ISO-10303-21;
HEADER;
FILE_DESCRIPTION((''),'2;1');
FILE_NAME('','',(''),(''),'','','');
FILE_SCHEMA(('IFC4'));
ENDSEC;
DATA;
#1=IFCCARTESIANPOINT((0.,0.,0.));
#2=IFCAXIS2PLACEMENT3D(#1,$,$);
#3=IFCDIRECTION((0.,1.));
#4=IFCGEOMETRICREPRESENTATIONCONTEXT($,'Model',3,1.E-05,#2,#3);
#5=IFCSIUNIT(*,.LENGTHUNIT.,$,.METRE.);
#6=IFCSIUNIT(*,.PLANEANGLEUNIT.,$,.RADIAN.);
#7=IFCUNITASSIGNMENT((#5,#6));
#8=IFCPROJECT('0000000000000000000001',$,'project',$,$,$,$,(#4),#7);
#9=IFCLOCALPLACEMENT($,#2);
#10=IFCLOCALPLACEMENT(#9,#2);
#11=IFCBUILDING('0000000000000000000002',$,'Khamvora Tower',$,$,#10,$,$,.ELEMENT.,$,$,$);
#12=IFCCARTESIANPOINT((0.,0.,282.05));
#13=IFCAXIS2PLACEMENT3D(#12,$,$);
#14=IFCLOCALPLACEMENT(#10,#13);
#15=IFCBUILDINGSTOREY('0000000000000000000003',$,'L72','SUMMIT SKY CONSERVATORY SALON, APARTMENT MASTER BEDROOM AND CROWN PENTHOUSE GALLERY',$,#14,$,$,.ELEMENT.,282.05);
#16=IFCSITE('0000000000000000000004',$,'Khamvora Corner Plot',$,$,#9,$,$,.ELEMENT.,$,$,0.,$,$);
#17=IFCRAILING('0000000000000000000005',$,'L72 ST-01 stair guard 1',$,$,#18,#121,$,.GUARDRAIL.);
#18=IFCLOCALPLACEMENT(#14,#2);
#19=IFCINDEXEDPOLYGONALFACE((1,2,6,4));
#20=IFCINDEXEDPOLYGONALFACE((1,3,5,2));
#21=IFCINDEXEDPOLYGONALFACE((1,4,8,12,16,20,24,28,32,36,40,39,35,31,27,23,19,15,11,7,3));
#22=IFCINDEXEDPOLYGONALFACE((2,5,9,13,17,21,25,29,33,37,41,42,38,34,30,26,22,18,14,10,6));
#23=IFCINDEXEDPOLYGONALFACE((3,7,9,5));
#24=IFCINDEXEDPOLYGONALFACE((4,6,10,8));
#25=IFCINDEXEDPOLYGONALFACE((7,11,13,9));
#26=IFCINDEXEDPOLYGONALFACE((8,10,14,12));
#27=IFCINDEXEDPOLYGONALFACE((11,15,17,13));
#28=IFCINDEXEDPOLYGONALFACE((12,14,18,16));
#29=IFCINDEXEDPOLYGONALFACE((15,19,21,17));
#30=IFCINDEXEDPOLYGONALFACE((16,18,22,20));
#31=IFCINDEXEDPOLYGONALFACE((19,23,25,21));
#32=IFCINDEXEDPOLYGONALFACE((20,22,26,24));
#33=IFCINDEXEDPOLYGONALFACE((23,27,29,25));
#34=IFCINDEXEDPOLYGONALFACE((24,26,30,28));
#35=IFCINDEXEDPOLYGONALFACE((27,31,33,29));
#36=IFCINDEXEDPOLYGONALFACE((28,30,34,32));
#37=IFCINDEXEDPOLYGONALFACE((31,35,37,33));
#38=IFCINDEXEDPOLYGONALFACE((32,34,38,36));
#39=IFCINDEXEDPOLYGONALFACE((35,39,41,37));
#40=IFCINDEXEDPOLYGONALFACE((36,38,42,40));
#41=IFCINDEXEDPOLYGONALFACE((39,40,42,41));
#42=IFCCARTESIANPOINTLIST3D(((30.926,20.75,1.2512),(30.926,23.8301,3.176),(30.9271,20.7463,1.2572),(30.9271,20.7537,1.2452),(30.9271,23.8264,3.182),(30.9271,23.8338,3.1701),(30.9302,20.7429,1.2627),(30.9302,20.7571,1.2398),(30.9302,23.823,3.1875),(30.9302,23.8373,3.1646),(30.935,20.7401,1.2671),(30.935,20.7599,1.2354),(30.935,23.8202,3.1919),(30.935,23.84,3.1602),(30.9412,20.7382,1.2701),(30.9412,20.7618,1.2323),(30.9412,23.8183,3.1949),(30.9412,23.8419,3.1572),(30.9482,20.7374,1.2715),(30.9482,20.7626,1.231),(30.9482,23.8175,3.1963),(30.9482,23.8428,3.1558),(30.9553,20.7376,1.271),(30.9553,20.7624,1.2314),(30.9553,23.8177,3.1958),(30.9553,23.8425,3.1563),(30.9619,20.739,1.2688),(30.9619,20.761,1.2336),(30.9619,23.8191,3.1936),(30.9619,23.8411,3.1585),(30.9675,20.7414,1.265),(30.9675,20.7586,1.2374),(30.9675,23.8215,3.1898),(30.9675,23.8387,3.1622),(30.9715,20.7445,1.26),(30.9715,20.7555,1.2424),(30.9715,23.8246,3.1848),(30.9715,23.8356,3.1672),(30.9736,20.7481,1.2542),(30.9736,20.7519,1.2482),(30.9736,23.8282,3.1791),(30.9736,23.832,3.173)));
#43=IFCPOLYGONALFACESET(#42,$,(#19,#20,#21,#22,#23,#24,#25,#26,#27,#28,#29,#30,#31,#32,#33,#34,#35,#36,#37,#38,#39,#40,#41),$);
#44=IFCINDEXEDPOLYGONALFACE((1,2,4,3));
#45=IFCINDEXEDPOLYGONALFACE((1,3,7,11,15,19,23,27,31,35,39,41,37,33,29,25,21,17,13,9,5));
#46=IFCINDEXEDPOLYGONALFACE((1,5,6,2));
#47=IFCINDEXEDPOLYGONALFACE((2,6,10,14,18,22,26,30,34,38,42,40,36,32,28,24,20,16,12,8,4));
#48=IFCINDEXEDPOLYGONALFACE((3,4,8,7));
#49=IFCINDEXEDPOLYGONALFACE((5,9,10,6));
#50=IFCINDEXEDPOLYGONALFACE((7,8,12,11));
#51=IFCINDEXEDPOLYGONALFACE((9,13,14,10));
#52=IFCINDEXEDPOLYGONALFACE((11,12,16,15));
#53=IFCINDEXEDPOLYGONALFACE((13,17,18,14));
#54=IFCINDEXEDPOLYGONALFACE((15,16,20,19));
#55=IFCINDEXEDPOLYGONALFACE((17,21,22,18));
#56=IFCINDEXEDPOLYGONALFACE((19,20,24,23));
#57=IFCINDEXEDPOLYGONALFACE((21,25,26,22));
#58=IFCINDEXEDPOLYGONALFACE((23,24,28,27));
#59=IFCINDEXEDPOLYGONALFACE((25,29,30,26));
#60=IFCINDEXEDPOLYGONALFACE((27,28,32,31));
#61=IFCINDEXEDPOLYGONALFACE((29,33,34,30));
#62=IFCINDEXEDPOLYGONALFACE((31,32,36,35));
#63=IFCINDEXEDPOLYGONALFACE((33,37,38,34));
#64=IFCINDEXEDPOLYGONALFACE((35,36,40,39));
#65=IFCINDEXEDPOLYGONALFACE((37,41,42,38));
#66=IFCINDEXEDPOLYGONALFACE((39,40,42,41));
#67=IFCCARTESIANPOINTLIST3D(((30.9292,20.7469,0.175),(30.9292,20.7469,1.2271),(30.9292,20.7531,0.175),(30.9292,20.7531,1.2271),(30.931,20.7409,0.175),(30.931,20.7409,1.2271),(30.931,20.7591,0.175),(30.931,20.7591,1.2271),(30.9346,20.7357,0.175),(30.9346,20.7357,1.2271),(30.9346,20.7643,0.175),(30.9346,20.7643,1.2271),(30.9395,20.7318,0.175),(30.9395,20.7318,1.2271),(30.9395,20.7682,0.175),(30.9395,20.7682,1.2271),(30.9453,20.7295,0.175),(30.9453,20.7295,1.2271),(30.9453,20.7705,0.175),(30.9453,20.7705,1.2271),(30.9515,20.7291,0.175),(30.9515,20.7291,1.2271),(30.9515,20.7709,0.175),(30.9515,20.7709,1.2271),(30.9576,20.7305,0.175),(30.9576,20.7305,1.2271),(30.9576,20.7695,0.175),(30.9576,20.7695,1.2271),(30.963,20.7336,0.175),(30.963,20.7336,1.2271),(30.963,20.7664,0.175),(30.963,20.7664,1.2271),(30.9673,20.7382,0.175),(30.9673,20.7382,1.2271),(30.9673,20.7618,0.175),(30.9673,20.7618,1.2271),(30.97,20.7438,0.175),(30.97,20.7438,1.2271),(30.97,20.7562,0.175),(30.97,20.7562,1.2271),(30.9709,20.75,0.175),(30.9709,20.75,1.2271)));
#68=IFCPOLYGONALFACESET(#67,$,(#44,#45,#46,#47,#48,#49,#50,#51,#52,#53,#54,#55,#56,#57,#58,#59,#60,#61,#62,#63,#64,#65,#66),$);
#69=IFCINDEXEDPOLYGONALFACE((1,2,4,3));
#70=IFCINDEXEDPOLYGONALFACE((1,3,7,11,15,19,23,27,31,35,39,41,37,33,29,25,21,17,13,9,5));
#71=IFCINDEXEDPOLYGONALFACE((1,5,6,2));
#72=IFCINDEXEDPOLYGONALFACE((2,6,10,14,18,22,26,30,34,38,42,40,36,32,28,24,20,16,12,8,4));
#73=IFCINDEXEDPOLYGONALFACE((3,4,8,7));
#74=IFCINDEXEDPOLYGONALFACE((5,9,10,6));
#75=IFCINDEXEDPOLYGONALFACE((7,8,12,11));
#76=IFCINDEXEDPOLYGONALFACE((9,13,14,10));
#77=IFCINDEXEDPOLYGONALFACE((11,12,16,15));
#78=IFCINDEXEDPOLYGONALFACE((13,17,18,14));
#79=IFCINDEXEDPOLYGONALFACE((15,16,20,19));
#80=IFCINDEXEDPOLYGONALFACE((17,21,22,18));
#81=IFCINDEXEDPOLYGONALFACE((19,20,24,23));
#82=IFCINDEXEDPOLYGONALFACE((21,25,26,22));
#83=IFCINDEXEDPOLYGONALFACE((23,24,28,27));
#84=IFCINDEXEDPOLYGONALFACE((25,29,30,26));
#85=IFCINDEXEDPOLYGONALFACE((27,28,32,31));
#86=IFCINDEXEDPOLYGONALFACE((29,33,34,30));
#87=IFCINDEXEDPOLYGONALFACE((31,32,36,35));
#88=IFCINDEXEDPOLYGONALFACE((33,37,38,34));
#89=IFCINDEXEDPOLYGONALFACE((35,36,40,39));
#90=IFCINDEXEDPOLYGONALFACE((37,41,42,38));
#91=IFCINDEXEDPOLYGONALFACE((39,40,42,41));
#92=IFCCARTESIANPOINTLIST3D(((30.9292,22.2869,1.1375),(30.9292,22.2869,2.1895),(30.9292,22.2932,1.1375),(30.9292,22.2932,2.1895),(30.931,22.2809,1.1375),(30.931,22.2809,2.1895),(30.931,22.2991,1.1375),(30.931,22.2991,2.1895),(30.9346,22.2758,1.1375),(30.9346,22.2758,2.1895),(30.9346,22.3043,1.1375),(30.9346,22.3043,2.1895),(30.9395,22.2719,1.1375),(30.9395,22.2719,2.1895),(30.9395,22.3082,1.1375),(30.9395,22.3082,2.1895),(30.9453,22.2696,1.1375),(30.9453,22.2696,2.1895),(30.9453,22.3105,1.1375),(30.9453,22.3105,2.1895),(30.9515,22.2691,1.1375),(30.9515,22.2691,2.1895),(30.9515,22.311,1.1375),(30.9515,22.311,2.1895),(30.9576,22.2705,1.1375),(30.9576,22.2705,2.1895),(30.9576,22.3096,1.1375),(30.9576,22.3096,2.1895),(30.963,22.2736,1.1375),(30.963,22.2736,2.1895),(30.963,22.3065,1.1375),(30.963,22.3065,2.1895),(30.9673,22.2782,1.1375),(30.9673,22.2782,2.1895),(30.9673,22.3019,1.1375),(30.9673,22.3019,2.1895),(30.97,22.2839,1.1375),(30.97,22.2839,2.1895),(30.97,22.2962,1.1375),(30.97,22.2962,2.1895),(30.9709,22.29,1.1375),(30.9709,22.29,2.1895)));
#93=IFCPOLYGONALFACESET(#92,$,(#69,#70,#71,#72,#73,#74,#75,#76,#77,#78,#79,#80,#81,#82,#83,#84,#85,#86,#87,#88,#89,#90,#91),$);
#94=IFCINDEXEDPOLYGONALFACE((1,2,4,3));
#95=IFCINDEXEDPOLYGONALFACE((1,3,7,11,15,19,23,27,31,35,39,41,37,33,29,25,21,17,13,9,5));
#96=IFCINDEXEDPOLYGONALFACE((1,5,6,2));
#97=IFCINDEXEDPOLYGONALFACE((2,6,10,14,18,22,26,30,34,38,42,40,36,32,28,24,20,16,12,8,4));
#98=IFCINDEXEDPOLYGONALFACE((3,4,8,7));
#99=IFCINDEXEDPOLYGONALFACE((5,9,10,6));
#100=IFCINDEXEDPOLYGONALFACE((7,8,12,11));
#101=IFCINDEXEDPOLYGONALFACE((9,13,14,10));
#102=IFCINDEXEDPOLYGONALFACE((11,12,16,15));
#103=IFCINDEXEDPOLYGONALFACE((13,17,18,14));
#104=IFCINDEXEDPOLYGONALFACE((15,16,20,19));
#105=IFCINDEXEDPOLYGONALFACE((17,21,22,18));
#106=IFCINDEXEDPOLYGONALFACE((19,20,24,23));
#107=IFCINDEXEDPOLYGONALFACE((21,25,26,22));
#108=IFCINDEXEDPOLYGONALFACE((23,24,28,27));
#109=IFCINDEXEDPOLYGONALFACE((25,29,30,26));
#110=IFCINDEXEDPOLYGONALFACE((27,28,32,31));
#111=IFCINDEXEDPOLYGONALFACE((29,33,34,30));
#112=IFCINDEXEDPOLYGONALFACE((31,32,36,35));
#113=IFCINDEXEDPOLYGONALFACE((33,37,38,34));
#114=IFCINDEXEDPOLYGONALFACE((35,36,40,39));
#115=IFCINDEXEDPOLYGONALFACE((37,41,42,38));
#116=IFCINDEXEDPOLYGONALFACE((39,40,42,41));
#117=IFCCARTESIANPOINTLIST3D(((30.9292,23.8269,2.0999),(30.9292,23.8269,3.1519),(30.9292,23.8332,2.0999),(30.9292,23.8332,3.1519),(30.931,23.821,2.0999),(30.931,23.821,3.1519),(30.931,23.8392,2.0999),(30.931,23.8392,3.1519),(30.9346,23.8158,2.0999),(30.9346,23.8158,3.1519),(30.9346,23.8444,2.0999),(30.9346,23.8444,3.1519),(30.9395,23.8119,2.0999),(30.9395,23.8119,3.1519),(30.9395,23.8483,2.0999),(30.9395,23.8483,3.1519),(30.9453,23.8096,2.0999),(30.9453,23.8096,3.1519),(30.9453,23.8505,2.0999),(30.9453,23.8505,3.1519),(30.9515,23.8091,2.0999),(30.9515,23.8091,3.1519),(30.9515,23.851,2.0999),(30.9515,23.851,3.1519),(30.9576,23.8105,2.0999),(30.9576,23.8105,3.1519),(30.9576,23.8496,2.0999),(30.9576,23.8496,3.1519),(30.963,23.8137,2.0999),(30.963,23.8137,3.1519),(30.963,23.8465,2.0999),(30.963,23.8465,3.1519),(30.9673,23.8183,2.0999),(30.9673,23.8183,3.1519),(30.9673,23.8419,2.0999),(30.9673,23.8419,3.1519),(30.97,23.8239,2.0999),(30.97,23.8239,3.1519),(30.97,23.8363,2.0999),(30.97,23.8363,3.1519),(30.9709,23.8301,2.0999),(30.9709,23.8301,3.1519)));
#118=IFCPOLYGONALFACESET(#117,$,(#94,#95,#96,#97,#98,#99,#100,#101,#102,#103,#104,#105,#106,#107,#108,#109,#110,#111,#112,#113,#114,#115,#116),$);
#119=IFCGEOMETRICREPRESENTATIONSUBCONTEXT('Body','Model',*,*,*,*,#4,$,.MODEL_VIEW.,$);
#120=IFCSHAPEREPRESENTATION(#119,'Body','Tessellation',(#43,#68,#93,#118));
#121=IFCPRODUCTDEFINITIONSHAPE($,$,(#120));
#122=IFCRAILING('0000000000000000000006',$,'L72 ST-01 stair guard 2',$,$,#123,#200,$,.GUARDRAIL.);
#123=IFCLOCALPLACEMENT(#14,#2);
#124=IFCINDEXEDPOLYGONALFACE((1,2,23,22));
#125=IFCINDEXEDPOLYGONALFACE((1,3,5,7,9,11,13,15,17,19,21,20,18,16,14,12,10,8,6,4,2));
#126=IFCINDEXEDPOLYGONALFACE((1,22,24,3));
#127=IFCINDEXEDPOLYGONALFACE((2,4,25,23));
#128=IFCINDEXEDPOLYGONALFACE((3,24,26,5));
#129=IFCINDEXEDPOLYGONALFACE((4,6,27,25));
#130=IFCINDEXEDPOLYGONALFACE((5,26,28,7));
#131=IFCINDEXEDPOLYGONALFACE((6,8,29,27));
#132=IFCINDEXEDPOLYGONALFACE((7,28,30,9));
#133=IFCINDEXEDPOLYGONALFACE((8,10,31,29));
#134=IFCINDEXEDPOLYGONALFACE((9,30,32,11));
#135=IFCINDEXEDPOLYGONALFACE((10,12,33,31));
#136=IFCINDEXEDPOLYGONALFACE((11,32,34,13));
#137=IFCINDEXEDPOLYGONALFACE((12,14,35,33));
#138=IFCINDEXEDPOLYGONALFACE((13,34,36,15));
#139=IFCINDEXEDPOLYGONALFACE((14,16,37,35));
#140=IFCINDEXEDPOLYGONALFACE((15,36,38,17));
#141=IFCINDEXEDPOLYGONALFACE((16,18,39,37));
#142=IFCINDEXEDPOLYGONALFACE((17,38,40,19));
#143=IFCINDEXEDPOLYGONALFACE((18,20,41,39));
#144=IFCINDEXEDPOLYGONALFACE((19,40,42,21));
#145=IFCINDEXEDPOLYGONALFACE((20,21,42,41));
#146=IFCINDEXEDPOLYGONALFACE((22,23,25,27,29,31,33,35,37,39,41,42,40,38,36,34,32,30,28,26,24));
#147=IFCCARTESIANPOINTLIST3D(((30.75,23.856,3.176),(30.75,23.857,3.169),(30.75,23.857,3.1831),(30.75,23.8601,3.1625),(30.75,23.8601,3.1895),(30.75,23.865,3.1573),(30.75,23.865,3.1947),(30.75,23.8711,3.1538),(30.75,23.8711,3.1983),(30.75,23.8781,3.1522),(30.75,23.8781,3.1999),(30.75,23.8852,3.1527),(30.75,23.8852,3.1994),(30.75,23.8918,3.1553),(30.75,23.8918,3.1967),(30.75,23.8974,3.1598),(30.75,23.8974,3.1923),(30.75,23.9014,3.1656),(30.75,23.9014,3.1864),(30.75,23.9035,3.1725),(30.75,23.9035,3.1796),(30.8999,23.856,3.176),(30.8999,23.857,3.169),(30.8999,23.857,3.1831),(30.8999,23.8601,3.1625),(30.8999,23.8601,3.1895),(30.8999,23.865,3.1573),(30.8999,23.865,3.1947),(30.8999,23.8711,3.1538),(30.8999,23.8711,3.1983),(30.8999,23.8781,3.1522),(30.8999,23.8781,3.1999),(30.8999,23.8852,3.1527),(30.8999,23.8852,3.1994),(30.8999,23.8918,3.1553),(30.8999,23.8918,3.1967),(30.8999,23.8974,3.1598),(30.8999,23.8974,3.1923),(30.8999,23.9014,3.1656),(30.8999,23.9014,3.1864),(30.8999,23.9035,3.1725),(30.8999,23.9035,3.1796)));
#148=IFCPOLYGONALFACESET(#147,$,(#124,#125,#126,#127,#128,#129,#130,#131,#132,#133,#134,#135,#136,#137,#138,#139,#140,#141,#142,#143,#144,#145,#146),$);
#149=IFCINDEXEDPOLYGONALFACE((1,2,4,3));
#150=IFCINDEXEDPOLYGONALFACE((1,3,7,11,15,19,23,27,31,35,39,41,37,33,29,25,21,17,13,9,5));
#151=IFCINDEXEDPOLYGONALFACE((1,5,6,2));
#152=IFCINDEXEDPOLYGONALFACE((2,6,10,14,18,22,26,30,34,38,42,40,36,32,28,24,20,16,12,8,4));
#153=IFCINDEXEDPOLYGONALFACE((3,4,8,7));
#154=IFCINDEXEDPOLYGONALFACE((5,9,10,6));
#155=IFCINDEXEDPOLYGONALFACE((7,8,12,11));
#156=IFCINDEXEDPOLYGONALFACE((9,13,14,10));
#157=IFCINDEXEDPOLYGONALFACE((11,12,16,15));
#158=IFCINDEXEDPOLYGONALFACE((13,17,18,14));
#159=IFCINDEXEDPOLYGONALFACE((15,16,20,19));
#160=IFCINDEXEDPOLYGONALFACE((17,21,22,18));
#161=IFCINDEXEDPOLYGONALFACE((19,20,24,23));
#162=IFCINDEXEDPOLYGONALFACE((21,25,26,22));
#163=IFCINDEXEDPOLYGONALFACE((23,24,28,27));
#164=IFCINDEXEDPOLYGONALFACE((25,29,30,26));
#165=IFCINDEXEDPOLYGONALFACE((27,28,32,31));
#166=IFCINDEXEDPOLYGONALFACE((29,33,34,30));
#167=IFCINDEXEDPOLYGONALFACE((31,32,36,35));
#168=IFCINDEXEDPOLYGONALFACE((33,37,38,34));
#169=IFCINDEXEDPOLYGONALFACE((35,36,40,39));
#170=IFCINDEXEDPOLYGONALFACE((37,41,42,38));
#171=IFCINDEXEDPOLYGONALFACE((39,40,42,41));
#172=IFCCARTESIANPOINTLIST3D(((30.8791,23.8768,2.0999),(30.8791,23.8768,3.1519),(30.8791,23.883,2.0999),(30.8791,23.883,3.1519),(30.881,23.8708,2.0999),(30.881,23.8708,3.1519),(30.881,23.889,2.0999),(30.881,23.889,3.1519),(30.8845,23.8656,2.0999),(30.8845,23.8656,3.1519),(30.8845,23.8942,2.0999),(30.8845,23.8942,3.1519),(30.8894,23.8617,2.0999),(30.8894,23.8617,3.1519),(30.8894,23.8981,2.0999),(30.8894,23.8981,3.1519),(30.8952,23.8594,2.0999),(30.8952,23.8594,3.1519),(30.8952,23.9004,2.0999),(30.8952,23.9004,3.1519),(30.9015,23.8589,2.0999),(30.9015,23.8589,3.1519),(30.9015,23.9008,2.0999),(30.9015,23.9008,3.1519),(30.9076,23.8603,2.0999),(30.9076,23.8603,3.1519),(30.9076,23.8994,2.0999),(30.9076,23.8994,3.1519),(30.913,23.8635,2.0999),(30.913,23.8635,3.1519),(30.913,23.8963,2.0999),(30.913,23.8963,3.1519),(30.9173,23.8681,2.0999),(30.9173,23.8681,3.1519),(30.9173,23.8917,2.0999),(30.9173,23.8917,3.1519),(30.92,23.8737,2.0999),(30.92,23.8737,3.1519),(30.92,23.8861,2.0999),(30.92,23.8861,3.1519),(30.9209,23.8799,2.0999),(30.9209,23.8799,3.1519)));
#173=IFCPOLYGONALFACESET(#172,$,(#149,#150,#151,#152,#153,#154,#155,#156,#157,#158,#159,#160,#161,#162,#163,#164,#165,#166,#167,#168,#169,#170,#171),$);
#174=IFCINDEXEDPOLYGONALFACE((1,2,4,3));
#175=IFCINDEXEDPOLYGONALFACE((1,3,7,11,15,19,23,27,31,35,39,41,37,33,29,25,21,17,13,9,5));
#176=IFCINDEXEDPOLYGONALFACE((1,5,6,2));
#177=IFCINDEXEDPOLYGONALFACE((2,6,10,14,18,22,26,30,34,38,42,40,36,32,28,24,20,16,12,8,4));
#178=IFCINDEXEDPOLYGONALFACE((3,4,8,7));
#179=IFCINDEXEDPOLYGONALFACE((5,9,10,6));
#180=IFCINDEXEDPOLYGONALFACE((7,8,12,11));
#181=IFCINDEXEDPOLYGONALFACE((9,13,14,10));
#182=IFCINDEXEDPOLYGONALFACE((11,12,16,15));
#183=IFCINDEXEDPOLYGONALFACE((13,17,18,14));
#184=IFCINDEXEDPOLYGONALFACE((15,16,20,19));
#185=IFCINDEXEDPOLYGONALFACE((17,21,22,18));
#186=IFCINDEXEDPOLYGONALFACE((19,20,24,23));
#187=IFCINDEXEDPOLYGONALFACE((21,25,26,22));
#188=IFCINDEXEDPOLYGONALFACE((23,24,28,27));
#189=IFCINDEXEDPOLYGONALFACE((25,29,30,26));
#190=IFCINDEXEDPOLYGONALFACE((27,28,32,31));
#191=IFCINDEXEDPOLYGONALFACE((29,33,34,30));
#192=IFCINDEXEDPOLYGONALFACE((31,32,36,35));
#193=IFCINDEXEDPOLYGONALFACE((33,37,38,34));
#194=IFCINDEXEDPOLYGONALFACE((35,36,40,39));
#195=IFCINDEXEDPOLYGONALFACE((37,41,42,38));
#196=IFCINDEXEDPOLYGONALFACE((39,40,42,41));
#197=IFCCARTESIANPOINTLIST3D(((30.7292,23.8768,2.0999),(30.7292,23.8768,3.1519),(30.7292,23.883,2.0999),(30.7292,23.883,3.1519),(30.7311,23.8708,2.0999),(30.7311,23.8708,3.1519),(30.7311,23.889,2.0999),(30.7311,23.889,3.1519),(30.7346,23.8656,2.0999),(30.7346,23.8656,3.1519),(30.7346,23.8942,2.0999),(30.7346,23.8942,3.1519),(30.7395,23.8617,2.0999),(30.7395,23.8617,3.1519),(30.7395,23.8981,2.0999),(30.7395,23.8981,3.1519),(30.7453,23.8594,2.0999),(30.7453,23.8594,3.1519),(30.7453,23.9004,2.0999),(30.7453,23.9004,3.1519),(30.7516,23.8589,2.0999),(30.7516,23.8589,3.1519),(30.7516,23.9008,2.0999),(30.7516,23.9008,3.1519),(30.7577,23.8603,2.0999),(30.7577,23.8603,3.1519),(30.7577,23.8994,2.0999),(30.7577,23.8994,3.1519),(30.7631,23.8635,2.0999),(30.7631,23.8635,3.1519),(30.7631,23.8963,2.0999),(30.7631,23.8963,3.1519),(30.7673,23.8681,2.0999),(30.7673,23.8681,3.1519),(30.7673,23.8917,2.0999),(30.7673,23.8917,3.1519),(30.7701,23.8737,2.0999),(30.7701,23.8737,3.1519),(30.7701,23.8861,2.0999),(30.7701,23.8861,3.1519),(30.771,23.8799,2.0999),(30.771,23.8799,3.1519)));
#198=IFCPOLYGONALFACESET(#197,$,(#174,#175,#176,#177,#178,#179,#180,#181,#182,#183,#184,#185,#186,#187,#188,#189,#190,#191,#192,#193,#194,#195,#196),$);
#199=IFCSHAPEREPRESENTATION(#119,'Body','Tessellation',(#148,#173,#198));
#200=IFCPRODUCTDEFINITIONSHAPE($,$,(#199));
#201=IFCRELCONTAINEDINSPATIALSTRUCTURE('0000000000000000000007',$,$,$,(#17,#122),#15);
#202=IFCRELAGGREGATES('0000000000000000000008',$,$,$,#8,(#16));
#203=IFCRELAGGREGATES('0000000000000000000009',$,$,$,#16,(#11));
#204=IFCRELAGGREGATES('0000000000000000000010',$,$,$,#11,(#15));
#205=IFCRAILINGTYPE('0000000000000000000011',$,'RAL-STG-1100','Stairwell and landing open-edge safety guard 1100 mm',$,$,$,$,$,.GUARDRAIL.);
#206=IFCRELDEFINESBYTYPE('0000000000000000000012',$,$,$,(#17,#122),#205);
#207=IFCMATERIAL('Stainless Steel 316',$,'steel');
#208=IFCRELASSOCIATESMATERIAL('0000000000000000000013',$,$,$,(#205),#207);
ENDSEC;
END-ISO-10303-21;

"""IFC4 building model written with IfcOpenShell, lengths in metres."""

from ifc_helpers import new_model, si_unit, direction, frame, origin, origin_2d, place, context, subcontext, project, spatial, circle, extrude, material, type_object, element, save


model = new_model("IFC4")

# Units and contexts
model_context = context("Model", 3, precision=1e-05, world=origin(), true_north=direction((0.0, 1.0)))
body_context = subcontext(model_context, "Body", "Model", "MODEL_VIEW")
ifc_project = project(units=[si_unit("LENGTHUNIT", "METRE"), si_unit("PLANEANGLEUNIT", "RADIAN")], contexts=[model_context])

# Site, building, storey
site_placement = place(None, origin())
site = spatial("IfcSite", under=ifc_project, at=site_placement, Name="Khamvora Corner Plot", CompositionType="ELEMENT", RefElevation=0.0)
building_placement = place(site_placement, origin())
building = spatial("IfcBuilding", under=site, at=building_placement, Name="Khamvora Tower", CompositionType="ELEMENT")
storey_placement = place(building_placement, frame((0.0, 0.0, 282.05)))
storey = spatial("IfcBuildingStorey", under=building, at=storey_placement, Name="L72", Description="SUMMIT SKY CONSERVATORY SALON, APARTMENT MASTER BEDROOM AND CROWN PENTHOUSE GALLERY", CompositionType="ELEMENT", Elevation=282.05)

# Railings
ifc_material_1 = material(Name="Stainless Steel 316", Category="steel")
railing_type_1 = type_object("IfcRailingType", Name="RAL-STG-1100", Description="Stairwell and landing open-edge safety guard 1100 mm", PredefinedType="GUARDRAIL", material=ifc_material_1)
railing_1_placement = place(storey_placement, frame((30.95, 20.75, 0.175)))
element("IfcRailing", 1, at=railing_1_placement, inside=storey, type_object=railing_type_1, Name="L72 ST-01 stair guard 1", PredefinedType="GUARDRAIL", context=body_context, shape_type="SweptSolid", body=[
    extrude(circle(Radius=0.0239, at=origin_2d()), frame((0.0, 0.0, 1.0762), z_axis=(0.0, 0.848029, 0.529951), x_axis=(-1.0, 0.0, 0.0)), (0.0, 0.0, 1.0), 3.6321),
    extrude(circle(Radius=0.021, at=origin_2d()), origin(), (0.0, 0.0, 1.0), 1.052),
    extrude(circle(Radius=0.021, at=origin_2d()), frame((0.0, 1.54, 0.9624)), (0.0, 0.0, 1.0), 1.052),
    extrude(circle(Radius=0.021, at=origin_2d()), frame((0.0, 3.0801, 1.9248)), (0.0, 0.0, 1.0), 1.052),
])
railing_2_placement = place(storey_placement, frame((30.8999, 23.8799, 2.0999)))
element("IfcRailing", 2, at=railing_2_placement, inside=storey, type_object=railing_type_1, Name="L72 ST-01 stair guard 2", PredefinedType="GUARDRAIL", context=body_context, shape_type="SweptSolid", body=[
    extrude(circle(Radius=0.0239, at=origin_2d()), frame((0.0, 0.0, 1.0762), z_axis=(-1.0, 0.0, 0.0), x_axis=(0.0, -1.0, 0.0)), (0.0, 0.0, 1.0), 0.1499),
    extrude(circle(Radius=0.021, at=origin_2d()), origin(), (0.0, 0.0, 1.0), 1.052),
    extrude(circle(Radius=0.021, at=origin_2d()), frame((-0.1499, 0.0, 0.0)), (0.0, 0.0, 1.0), 1.052),
])

save(model, "model.ifc")
